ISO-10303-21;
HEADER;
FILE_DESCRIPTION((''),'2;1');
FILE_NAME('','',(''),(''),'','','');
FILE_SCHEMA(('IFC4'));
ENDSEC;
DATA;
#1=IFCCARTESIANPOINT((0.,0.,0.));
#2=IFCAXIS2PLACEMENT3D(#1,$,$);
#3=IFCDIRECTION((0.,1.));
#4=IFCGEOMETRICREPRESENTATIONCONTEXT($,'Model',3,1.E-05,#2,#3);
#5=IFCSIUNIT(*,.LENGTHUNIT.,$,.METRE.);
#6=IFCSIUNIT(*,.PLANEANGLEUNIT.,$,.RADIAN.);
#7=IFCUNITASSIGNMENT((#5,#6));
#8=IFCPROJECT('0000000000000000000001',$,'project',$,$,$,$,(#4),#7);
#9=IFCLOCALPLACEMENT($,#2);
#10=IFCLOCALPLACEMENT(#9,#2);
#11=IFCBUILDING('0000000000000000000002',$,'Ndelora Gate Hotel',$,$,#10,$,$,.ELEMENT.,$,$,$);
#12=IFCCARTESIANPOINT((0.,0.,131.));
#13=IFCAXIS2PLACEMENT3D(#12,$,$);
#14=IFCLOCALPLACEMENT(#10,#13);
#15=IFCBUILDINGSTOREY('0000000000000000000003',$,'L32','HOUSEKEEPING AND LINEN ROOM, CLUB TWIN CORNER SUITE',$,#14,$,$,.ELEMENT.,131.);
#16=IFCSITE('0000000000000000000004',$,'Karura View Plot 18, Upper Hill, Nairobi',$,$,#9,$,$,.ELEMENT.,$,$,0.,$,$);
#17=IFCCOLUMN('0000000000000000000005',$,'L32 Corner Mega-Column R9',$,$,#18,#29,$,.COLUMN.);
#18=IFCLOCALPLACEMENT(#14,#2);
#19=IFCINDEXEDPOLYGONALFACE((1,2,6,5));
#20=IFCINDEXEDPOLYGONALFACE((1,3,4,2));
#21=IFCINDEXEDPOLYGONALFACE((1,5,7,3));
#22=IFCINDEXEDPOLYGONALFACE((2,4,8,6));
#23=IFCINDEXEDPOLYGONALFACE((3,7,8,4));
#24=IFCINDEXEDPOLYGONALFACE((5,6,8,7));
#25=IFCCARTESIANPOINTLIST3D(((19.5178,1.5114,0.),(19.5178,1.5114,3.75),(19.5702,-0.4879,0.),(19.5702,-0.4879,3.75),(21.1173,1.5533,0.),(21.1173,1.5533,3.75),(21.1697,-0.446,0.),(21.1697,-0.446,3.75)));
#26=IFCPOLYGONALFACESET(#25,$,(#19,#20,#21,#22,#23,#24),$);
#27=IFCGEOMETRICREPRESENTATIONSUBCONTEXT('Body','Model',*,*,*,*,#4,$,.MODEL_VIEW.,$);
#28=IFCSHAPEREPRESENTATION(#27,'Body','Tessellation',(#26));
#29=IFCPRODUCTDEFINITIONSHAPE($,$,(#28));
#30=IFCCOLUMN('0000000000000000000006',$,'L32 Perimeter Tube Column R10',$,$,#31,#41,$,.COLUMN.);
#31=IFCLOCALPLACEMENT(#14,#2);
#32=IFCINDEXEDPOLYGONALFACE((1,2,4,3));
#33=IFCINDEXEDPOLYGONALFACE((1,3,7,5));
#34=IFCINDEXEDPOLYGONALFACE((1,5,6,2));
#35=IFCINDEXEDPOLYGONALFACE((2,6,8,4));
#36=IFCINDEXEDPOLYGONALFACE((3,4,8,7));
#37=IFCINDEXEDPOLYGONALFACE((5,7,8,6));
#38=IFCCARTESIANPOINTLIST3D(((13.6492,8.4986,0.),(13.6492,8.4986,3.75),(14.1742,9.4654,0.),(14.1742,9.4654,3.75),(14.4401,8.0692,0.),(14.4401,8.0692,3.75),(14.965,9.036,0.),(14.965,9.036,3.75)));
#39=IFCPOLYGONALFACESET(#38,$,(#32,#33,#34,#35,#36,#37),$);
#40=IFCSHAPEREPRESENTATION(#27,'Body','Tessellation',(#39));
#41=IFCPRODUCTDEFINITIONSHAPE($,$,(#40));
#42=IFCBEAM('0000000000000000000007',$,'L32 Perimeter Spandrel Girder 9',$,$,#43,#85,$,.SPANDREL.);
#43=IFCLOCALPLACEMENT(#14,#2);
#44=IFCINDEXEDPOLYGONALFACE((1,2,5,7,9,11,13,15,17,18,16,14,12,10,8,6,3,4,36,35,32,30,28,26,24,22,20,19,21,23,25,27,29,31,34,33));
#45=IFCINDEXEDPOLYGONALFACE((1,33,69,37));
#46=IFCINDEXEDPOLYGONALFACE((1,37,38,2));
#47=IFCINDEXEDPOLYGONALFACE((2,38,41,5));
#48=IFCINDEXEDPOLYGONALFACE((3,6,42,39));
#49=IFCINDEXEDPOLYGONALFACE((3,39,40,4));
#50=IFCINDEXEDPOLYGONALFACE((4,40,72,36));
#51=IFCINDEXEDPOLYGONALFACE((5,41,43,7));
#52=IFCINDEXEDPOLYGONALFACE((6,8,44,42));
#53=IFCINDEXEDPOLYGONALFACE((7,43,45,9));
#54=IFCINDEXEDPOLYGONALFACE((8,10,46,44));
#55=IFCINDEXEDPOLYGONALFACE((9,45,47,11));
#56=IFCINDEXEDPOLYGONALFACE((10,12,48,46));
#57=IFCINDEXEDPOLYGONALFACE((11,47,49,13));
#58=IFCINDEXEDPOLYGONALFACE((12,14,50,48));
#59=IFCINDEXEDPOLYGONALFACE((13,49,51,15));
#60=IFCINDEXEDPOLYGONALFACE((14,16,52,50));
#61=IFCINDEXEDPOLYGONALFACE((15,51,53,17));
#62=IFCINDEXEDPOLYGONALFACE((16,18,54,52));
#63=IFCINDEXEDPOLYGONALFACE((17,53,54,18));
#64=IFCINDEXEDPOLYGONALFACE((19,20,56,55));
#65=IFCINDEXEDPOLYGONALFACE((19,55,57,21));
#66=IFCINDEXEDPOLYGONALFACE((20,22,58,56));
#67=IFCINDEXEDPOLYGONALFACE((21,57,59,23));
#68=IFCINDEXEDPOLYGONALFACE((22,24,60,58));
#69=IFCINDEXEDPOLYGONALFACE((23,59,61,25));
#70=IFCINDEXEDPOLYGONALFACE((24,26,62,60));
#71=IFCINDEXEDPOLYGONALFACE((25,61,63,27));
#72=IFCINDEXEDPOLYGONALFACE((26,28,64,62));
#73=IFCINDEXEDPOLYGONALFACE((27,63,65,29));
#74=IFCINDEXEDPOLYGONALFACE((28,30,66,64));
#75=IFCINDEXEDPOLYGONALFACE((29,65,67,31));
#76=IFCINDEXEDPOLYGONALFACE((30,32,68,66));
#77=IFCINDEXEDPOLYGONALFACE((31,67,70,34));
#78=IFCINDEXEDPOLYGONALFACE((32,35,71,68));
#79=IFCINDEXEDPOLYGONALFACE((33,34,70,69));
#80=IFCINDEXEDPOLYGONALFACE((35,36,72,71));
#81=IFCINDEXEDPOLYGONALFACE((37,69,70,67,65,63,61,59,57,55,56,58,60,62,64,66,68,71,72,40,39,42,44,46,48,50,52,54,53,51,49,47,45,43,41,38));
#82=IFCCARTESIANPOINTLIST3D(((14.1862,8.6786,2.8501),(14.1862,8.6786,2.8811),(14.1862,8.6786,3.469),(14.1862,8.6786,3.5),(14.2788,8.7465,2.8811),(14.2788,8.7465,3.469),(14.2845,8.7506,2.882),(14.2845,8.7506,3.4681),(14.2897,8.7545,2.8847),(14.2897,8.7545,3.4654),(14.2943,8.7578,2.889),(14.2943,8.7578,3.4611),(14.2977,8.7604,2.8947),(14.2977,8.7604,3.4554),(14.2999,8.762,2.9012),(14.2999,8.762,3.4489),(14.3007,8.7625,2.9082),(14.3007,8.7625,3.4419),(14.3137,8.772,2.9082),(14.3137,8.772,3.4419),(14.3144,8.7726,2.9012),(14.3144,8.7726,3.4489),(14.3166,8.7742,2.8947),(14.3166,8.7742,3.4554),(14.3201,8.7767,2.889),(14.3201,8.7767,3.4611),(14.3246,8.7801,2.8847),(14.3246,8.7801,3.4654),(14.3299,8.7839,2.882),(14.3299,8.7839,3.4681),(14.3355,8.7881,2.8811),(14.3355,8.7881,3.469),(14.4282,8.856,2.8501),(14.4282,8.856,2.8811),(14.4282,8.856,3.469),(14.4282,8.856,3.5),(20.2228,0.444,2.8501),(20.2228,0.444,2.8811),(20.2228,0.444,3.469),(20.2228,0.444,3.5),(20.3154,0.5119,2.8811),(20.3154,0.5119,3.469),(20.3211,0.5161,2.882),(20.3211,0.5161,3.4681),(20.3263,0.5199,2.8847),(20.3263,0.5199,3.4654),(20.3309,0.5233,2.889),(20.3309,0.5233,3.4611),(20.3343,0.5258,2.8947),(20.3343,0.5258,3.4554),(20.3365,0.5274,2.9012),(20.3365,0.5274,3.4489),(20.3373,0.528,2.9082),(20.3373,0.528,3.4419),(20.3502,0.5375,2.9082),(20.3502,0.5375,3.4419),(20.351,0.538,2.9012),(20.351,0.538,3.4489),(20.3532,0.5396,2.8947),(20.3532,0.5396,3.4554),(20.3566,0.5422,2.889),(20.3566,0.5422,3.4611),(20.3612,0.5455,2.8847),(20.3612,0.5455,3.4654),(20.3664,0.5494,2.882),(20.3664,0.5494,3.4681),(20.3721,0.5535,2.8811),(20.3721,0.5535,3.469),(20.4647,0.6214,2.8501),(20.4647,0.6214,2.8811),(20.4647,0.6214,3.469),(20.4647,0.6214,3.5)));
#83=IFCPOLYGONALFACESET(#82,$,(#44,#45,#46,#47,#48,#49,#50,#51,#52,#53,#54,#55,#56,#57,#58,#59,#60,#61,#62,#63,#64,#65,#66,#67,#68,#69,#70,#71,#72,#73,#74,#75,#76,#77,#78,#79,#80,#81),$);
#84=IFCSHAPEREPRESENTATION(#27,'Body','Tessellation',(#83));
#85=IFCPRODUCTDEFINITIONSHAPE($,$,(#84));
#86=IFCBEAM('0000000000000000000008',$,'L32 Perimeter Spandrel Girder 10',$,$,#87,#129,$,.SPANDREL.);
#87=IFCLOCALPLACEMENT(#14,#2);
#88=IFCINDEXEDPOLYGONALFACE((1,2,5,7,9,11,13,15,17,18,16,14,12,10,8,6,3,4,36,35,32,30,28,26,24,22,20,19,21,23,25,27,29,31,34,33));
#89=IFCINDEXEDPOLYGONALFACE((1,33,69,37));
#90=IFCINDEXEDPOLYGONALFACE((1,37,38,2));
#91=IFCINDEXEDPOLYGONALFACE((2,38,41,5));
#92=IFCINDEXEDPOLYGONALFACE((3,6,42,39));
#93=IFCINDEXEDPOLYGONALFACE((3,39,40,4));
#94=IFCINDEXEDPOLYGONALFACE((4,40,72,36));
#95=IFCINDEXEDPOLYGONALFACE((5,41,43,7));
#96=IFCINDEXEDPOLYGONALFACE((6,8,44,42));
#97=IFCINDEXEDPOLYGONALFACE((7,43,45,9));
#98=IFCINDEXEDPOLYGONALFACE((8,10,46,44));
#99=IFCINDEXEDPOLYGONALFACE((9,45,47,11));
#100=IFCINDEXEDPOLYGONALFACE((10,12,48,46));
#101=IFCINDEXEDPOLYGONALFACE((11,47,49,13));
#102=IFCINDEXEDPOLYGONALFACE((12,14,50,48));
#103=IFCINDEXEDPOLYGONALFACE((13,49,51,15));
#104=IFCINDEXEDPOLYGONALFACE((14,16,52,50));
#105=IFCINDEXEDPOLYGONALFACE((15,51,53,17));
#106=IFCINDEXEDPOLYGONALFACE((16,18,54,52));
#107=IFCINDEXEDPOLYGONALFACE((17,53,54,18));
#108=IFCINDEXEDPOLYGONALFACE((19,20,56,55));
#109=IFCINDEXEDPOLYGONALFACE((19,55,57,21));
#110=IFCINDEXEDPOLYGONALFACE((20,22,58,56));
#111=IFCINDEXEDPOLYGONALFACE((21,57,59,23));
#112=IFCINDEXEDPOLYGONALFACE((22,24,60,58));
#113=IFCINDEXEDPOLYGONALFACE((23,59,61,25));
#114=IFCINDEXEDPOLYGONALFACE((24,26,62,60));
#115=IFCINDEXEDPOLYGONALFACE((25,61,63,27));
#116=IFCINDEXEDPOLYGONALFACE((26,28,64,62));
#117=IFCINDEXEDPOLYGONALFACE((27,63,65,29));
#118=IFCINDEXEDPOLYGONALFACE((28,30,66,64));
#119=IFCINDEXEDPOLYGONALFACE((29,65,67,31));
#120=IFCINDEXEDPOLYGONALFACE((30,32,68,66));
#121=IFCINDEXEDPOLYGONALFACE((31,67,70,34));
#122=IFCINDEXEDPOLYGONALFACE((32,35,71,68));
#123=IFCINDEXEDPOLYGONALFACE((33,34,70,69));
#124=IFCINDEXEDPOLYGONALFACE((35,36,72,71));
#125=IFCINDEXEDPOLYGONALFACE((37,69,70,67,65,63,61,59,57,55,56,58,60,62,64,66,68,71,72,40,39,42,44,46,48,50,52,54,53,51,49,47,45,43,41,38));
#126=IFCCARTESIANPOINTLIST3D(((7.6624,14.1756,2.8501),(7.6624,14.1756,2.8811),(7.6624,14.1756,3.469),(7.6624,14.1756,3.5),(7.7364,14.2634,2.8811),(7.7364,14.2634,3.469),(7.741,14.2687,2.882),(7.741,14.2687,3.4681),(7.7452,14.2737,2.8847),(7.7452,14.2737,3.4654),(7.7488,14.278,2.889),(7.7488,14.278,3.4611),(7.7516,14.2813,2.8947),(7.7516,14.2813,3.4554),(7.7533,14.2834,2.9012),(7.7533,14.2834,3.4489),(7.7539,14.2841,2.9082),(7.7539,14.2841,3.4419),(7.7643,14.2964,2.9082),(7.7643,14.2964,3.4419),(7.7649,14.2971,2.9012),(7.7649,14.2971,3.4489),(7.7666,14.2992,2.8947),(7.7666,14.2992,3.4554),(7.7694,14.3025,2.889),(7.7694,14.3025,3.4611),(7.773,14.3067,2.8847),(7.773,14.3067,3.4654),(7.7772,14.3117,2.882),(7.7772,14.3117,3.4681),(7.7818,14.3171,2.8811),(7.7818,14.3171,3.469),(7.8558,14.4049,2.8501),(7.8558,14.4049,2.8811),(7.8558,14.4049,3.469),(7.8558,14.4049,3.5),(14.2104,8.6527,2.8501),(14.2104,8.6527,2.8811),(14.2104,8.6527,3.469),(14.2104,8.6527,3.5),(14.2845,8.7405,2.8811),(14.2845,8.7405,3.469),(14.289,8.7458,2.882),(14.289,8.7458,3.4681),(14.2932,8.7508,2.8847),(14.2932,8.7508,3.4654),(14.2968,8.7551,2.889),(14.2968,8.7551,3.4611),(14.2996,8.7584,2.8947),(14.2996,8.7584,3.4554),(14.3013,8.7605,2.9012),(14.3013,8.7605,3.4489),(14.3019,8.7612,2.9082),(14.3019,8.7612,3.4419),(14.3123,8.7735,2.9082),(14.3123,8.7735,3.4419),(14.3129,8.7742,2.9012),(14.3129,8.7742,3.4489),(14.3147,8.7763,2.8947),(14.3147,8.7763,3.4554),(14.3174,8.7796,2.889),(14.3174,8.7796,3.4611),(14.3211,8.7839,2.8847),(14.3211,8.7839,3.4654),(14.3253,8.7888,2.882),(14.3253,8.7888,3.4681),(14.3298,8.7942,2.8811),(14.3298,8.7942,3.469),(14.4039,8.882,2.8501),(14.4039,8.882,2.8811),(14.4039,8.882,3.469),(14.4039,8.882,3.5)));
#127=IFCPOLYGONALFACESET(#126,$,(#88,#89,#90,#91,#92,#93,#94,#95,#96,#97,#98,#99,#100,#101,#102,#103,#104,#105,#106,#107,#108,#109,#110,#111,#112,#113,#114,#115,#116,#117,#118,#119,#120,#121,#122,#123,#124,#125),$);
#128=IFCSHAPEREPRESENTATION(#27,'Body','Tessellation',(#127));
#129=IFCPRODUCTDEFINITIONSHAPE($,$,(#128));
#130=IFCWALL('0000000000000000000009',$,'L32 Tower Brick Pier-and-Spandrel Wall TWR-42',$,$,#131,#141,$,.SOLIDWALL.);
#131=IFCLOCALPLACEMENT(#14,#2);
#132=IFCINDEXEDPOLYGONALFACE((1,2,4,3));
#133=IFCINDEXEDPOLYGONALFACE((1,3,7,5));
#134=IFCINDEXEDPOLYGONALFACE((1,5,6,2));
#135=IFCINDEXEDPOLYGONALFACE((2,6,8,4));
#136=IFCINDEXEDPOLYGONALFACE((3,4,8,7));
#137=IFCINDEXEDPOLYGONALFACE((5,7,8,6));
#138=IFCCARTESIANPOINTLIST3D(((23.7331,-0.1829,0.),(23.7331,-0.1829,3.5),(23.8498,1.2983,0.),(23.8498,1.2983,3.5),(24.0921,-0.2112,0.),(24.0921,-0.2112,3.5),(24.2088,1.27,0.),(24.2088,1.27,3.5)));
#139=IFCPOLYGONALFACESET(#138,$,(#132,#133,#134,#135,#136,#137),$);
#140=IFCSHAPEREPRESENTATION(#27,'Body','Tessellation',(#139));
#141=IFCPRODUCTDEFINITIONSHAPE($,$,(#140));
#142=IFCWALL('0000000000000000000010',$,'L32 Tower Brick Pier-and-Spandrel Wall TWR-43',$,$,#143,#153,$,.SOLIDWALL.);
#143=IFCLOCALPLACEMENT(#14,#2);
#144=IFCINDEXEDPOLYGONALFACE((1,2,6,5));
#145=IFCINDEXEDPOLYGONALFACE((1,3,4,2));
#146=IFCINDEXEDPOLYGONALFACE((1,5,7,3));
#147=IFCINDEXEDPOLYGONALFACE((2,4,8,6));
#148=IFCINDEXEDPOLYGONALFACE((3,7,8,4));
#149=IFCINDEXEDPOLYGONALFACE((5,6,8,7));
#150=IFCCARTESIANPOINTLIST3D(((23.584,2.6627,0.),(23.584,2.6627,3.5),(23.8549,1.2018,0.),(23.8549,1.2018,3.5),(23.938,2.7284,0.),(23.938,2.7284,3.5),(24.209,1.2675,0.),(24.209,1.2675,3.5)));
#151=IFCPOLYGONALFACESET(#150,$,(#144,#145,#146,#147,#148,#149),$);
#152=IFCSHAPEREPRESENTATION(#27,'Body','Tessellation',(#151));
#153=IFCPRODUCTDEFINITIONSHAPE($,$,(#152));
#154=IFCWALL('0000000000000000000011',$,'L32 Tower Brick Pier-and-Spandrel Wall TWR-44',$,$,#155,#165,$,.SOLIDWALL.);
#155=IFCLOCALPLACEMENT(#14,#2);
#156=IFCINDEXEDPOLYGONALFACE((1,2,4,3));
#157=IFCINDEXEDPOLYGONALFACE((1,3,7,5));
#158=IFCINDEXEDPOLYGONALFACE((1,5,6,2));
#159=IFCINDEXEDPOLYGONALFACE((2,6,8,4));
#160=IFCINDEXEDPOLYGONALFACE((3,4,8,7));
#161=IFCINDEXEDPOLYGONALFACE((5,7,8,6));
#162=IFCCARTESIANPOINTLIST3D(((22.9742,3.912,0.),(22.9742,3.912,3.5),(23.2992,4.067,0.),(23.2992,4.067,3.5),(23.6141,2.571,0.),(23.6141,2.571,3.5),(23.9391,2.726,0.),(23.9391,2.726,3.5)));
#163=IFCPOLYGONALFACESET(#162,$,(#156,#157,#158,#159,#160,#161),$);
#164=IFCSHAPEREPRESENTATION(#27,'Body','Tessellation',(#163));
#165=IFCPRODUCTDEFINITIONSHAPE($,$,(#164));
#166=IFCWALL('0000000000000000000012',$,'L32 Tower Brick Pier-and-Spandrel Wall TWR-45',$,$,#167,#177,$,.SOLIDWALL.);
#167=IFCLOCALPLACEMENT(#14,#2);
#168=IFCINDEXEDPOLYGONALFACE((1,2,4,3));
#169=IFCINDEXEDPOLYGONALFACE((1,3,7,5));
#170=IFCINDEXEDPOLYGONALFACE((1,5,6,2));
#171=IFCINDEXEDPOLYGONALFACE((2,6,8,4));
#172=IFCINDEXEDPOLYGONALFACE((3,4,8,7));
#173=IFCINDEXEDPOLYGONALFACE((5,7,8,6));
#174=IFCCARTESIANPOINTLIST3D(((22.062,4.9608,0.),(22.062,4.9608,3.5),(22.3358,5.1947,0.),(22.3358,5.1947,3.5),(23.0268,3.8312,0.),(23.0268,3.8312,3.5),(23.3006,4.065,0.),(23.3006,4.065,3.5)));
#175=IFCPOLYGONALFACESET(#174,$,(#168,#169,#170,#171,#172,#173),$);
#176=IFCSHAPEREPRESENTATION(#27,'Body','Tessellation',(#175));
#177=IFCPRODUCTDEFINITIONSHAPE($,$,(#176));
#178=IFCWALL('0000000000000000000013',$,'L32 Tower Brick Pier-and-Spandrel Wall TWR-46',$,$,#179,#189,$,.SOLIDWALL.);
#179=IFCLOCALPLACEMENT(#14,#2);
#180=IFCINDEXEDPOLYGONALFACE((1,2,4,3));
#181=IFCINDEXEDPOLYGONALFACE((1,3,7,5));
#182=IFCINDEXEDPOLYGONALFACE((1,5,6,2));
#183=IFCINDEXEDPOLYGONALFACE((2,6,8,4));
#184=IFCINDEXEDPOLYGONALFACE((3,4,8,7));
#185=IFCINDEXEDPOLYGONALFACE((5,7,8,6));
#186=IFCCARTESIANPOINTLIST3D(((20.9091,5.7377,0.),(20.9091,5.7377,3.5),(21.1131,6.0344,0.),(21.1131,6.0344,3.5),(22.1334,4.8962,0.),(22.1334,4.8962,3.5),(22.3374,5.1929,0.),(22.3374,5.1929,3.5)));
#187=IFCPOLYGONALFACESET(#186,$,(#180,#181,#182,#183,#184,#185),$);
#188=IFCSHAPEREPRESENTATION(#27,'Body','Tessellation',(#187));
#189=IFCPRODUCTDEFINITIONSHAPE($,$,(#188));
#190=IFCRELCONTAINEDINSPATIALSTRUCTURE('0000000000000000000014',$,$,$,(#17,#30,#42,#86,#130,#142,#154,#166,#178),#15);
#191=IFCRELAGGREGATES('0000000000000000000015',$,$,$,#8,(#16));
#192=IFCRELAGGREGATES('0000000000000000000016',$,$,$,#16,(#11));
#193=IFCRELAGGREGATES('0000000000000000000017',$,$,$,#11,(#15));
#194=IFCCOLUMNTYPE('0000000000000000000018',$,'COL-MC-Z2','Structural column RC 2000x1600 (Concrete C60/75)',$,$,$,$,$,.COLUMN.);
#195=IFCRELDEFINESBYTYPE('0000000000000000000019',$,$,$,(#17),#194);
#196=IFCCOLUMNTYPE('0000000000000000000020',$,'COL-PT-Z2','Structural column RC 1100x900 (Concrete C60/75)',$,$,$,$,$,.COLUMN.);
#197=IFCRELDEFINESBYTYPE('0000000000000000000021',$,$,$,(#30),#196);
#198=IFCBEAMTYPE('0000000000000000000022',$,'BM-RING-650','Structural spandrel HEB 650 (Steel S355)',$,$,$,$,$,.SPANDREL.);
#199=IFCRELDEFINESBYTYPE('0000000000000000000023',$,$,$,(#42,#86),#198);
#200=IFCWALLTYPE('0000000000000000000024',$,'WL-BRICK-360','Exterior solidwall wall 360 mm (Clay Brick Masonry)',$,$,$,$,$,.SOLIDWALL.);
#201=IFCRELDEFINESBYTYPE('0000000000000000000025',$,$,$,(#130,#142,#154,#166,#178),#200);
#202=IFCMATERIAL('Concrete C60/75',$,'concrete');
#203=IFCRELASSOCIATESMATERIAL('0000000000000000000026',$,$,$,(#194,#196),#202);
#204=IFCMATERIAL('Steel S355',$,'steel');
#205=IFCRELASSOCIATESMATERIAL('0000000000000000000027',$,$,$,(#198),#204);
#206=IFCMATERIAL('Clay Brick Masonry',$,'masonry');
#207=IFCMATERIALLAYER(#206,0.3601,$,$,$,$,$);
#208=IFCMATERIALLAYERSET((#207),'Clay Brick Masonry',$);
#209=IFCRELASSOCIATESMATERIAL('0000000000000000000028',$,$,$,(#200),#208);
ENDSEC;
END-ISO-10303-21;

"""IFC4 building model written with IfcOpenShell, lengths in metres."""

from ifc_helpers import new_model, si_unit, direction, frame, frame_2d, origin, origin_2d, place, context, subcontext, project, spatial, rectangle, i_section, extrude, material, layer, layer_set, material_profile, profile_set, type_object, element, save


model = new_model("IFC4")

# Units and contexts
model_context = context("Model", 3, precision=1e-05, world=origin(), true_north=direction((0.0, 1.0)))
body_context = subcontext(model_context, "Body", "Model", "MODEL_VIEW")
ifc_project = project(units=[si_unit("LENGTHUNIT", "METRE"), si_unit("PLANEANGLEUNIT", "RADIAN")], contexts=[model_context])

# Site, building, storey
site_placement = place(None, origin())
site = spatial("IfcSite", under=ifc_project, at=site_placement, Name="Karura View Plot 18, Upper Hill, Nairobi", CompositionType="ELEMENT", RefElevation=0.0)
building_placement = place(site_placement, origin())
building = spatial("IfcBuilding", under=site, at=building_placement, Name="Ndelora Gate Hotel", CompositionType="ELEMENT")
storey_placement = place(building_placement, frame((0.0, 0.0, 131.0)))
storey = spatial("IfcBuildingStorey", under=building, at=storey_placement, Name="L32", Description="HOUSEKEEPING AND LINEN ROOM, CLUB TWIN CORNER SUITE", CompositionType="ELEMENT", Elevation=131.0)

# Columns
ifc_material_1 = material(Name="Concrete C60/75", Category="concrete")
ifc_material_profile_1 = material_profile(ifc_material_1, rectangle(XDim=1.6001, YDim=2.0, at=origin_2d()), Name="RC 2000x1600")
ifc_profile_set_1 = profile_set([ifc_material_profile_1], Name="Concrete C60/75")
column_type_1 = type_object("IfcColumnType", Name="COL-MC-Z2", Description="Structural column RC 2000x1600 (Concrete C60/75)", PredefinedType="COLUMN", material=ifc_profile_set_1)
column_1_placement = place(storey_placement, frame((20.3438, 0.5327, 0.0), z_axis=(0.0, 0.0, 1.0), x_axis=(0.999657, 0.026177, 0.0)))
element("IfcColumn", 1, at=column_1_placement, inside=storey, type_object=column_type_1, Name="L32 Corner Mega-Column R9", PredefinedType="COLUMN", context=body_context, shape_type="SweptSolid", body=[
    extrude(rectangle(XDim=1.6001, YDim=2.0, at=origin_2d()), origin(), (0.0, 0.0, 1.0), 3.75),
])
ifc_material_profile_2 = material_profile(ifc_material_1, rectangle(XDim=0.8999, YDim=1.1001, at=origin_2d()), Name="RC 1100x900")
ifc_profile_set_2 = profile_set([ifc_material_profile_2], Name="Concrete C60/75")
column_type_2 = type_object("IfcColumnType", Name="COL-PT-Z2", Description="Structural column RC 1100x900 (Concrete C60/75)", PredefinedType="COLUMN", material=ifc_profile_set_2)
column_2_placement = place(storey_placement, frame((14.3071, 8.7673, 0.0), z_axis=(0.0, 0.0, 1.0), x_axis=(-0.878817, 0.477159, 0.0)))
element("IfcColumn", 2, at=column_2_placement, inside=storey, type_object=column_type_2, Name="L32 Perimeter Tube Column R10", PredefinedType="COLUMN", context=body_context, shape_type="SweptSolid", body=[
    extrude(rectangle(XDim=0.8999, YDim=1.1001, at=origin_2d()), origin(), (0.0, 0.0, 1.0), 3.75),
])

# Beams
ifc_material_2 = material(Name="Steel S355", Category="steel")
ifc_material_profile_3 = material_profile(ifc_material_2, i_section(OverallWidth=0.3, OverallDepth=0.6499, WebThickness=0.0161, FlangeThickness=0.031, FilletRadius=0.0271, at=origin_2d()), Name="HEB 650")
ifc_profile_set_3 = profile_set([ifc_material_profile_3], Name="Steel S355")
beam_type = type_object("IfcBeamType", Name="BM-RING-650", Description="Structural spandrel HEB 650 (Steel S355)", PredefinedType="SPANDREL", material=ifc_profile_set_3)
beam_1_placement = place(storey_placement, frame((20.3438, 0.5327, 3.175), z_axis=(-0.59123, 0.806503, 0.0), x_axis=(-0.806503, -0.59123, 0.0)))
element("IfcBeam", 3, at=beam_1_placement, inside=storey, type_object=beam_type, Name="L32 Perimeter Spandrel Girder 9", PredefinedType="SPANDREL", context=body_context, shape_type="SweptSolid", body=[
    extrude(i_section(OverallWidth=0.3, OverallDepth=0.6499, WebThickness=0.0161, FlangeThickness=0.031, FilletRadius=0.0271, at=origin_2d()), origin(), (0.0, 0.0, 1.0), 10.2102),
])
beam_2_placement = place(storey_placement, frame((14.3071, 8.7673, 3.175), z_axis=(-0.764407, 0.644734, 0.0), x_axis=(-0.644734, -0.764407, 0.0)))
element("IfcBeam", 4, at=beam_2_placement, inside=storey, type_object=beam_type, Name="L32 Perimeter Spandrel Girder 10", PredefinedType="SPANDREL", context=body_context, shape_type="SweptSolid", body=[
    extrude(i_section(OverallWidth=0.3, OverallDepth=0.6499, WebThickness=0.0161, FlangeThickness=0.031, FilletRadius=0.0271, at=origin_2d()), origin(), (0.0, 0.0, 1.0), 8.5662),
])

# Walls
ifc_material_3 = material(Name="Clay Brick Masonry", Category="masonry")
ifc_layer_1 = layer(ifc_material_3, 0.3601)
ifc_layer_set_1 = layer_set([ifc_layer_1], Name="Clay Brick Masonry")
wall_type_1 = type_object("IfcWallType", Name="WL-BRICK-360", Description="Exterior solidwall wall 360 mm (Clay Brick Masonry)", PredefinedType="SOLIDWALL", material=ifc_layer_set_1)
for number, where, z_axis, x_axis, name in (
    (5, (24.0293, 1.2842, 0.0), (0.0, 0.0, 1.0), (-0.078543, -0.996911, 0.0), "L32 Tower Brick Pier-and-Spandrel Wall TWR-42"),
    (6, (23.761, 2.6956, 0.0), (0.0, 0.0, 1.0), (0.182383, -0.983227, 0.0), "L32 Tower Brick Pier-and-Spandrel Wall TWR-43"),
    (7, (23.1367, 3.9895, 0.0), (0.0, 0.0, 1.0), (0.430641, -0.902523, 0.0), "L32 Tower Brick Pier-and-Spandrel Wall TWR-44"),
):
    element("IfcWall", number, at=place(storey_placement, frame(where, z_axis=z_axis, x_axis=x_axis)), inside=storey, type_object=wall_type_1, Name=name, PredefinedType="SOLIDWALL", context=body_context, shape_type="SweptSolid", body=[
        extrude(rectangle(XDim=1.4858, YDim=0.3601, at=frame_2d((0.7429, 0.0))), origin(), (0.0, 0.0, 1.0), 3.5),
    ])
for number, where, z_axis, x_axis, name in (
    (8, (22.199, 5.0776, 0.0), (0.0, 0.0, 1.0), (0.649464, -0.760392, 0.0), "L32 Tower Brick Pier-and-Spandrel Wall TWR-45"),
    (9, (21.0112, 5.886, 0.0), (0.0, 0.0, 1.0), (0.824104, -0.566438, 0.0), "L32 Tower Brick Pier-and-Spandrel Wall TWR-46"),
):
    element("IfcWall", number, at=place(storey_placement, frame(where, z_axis=z_axis, x_axis=x_axis)), inside=storey, type_object=wall_type_1, Name=name, PredefinedType="SOLIDWALL", context=body_context, shape_type="SweptSolid", body=[
        extrude(rectangle(XDim=1.4856, YDim=0.3601, at=frame_2d((0.7427, 0.0))), origin(), (0.0, 0.0, 1.0), 3.5),
    ])

save(model, "model.ifc")
